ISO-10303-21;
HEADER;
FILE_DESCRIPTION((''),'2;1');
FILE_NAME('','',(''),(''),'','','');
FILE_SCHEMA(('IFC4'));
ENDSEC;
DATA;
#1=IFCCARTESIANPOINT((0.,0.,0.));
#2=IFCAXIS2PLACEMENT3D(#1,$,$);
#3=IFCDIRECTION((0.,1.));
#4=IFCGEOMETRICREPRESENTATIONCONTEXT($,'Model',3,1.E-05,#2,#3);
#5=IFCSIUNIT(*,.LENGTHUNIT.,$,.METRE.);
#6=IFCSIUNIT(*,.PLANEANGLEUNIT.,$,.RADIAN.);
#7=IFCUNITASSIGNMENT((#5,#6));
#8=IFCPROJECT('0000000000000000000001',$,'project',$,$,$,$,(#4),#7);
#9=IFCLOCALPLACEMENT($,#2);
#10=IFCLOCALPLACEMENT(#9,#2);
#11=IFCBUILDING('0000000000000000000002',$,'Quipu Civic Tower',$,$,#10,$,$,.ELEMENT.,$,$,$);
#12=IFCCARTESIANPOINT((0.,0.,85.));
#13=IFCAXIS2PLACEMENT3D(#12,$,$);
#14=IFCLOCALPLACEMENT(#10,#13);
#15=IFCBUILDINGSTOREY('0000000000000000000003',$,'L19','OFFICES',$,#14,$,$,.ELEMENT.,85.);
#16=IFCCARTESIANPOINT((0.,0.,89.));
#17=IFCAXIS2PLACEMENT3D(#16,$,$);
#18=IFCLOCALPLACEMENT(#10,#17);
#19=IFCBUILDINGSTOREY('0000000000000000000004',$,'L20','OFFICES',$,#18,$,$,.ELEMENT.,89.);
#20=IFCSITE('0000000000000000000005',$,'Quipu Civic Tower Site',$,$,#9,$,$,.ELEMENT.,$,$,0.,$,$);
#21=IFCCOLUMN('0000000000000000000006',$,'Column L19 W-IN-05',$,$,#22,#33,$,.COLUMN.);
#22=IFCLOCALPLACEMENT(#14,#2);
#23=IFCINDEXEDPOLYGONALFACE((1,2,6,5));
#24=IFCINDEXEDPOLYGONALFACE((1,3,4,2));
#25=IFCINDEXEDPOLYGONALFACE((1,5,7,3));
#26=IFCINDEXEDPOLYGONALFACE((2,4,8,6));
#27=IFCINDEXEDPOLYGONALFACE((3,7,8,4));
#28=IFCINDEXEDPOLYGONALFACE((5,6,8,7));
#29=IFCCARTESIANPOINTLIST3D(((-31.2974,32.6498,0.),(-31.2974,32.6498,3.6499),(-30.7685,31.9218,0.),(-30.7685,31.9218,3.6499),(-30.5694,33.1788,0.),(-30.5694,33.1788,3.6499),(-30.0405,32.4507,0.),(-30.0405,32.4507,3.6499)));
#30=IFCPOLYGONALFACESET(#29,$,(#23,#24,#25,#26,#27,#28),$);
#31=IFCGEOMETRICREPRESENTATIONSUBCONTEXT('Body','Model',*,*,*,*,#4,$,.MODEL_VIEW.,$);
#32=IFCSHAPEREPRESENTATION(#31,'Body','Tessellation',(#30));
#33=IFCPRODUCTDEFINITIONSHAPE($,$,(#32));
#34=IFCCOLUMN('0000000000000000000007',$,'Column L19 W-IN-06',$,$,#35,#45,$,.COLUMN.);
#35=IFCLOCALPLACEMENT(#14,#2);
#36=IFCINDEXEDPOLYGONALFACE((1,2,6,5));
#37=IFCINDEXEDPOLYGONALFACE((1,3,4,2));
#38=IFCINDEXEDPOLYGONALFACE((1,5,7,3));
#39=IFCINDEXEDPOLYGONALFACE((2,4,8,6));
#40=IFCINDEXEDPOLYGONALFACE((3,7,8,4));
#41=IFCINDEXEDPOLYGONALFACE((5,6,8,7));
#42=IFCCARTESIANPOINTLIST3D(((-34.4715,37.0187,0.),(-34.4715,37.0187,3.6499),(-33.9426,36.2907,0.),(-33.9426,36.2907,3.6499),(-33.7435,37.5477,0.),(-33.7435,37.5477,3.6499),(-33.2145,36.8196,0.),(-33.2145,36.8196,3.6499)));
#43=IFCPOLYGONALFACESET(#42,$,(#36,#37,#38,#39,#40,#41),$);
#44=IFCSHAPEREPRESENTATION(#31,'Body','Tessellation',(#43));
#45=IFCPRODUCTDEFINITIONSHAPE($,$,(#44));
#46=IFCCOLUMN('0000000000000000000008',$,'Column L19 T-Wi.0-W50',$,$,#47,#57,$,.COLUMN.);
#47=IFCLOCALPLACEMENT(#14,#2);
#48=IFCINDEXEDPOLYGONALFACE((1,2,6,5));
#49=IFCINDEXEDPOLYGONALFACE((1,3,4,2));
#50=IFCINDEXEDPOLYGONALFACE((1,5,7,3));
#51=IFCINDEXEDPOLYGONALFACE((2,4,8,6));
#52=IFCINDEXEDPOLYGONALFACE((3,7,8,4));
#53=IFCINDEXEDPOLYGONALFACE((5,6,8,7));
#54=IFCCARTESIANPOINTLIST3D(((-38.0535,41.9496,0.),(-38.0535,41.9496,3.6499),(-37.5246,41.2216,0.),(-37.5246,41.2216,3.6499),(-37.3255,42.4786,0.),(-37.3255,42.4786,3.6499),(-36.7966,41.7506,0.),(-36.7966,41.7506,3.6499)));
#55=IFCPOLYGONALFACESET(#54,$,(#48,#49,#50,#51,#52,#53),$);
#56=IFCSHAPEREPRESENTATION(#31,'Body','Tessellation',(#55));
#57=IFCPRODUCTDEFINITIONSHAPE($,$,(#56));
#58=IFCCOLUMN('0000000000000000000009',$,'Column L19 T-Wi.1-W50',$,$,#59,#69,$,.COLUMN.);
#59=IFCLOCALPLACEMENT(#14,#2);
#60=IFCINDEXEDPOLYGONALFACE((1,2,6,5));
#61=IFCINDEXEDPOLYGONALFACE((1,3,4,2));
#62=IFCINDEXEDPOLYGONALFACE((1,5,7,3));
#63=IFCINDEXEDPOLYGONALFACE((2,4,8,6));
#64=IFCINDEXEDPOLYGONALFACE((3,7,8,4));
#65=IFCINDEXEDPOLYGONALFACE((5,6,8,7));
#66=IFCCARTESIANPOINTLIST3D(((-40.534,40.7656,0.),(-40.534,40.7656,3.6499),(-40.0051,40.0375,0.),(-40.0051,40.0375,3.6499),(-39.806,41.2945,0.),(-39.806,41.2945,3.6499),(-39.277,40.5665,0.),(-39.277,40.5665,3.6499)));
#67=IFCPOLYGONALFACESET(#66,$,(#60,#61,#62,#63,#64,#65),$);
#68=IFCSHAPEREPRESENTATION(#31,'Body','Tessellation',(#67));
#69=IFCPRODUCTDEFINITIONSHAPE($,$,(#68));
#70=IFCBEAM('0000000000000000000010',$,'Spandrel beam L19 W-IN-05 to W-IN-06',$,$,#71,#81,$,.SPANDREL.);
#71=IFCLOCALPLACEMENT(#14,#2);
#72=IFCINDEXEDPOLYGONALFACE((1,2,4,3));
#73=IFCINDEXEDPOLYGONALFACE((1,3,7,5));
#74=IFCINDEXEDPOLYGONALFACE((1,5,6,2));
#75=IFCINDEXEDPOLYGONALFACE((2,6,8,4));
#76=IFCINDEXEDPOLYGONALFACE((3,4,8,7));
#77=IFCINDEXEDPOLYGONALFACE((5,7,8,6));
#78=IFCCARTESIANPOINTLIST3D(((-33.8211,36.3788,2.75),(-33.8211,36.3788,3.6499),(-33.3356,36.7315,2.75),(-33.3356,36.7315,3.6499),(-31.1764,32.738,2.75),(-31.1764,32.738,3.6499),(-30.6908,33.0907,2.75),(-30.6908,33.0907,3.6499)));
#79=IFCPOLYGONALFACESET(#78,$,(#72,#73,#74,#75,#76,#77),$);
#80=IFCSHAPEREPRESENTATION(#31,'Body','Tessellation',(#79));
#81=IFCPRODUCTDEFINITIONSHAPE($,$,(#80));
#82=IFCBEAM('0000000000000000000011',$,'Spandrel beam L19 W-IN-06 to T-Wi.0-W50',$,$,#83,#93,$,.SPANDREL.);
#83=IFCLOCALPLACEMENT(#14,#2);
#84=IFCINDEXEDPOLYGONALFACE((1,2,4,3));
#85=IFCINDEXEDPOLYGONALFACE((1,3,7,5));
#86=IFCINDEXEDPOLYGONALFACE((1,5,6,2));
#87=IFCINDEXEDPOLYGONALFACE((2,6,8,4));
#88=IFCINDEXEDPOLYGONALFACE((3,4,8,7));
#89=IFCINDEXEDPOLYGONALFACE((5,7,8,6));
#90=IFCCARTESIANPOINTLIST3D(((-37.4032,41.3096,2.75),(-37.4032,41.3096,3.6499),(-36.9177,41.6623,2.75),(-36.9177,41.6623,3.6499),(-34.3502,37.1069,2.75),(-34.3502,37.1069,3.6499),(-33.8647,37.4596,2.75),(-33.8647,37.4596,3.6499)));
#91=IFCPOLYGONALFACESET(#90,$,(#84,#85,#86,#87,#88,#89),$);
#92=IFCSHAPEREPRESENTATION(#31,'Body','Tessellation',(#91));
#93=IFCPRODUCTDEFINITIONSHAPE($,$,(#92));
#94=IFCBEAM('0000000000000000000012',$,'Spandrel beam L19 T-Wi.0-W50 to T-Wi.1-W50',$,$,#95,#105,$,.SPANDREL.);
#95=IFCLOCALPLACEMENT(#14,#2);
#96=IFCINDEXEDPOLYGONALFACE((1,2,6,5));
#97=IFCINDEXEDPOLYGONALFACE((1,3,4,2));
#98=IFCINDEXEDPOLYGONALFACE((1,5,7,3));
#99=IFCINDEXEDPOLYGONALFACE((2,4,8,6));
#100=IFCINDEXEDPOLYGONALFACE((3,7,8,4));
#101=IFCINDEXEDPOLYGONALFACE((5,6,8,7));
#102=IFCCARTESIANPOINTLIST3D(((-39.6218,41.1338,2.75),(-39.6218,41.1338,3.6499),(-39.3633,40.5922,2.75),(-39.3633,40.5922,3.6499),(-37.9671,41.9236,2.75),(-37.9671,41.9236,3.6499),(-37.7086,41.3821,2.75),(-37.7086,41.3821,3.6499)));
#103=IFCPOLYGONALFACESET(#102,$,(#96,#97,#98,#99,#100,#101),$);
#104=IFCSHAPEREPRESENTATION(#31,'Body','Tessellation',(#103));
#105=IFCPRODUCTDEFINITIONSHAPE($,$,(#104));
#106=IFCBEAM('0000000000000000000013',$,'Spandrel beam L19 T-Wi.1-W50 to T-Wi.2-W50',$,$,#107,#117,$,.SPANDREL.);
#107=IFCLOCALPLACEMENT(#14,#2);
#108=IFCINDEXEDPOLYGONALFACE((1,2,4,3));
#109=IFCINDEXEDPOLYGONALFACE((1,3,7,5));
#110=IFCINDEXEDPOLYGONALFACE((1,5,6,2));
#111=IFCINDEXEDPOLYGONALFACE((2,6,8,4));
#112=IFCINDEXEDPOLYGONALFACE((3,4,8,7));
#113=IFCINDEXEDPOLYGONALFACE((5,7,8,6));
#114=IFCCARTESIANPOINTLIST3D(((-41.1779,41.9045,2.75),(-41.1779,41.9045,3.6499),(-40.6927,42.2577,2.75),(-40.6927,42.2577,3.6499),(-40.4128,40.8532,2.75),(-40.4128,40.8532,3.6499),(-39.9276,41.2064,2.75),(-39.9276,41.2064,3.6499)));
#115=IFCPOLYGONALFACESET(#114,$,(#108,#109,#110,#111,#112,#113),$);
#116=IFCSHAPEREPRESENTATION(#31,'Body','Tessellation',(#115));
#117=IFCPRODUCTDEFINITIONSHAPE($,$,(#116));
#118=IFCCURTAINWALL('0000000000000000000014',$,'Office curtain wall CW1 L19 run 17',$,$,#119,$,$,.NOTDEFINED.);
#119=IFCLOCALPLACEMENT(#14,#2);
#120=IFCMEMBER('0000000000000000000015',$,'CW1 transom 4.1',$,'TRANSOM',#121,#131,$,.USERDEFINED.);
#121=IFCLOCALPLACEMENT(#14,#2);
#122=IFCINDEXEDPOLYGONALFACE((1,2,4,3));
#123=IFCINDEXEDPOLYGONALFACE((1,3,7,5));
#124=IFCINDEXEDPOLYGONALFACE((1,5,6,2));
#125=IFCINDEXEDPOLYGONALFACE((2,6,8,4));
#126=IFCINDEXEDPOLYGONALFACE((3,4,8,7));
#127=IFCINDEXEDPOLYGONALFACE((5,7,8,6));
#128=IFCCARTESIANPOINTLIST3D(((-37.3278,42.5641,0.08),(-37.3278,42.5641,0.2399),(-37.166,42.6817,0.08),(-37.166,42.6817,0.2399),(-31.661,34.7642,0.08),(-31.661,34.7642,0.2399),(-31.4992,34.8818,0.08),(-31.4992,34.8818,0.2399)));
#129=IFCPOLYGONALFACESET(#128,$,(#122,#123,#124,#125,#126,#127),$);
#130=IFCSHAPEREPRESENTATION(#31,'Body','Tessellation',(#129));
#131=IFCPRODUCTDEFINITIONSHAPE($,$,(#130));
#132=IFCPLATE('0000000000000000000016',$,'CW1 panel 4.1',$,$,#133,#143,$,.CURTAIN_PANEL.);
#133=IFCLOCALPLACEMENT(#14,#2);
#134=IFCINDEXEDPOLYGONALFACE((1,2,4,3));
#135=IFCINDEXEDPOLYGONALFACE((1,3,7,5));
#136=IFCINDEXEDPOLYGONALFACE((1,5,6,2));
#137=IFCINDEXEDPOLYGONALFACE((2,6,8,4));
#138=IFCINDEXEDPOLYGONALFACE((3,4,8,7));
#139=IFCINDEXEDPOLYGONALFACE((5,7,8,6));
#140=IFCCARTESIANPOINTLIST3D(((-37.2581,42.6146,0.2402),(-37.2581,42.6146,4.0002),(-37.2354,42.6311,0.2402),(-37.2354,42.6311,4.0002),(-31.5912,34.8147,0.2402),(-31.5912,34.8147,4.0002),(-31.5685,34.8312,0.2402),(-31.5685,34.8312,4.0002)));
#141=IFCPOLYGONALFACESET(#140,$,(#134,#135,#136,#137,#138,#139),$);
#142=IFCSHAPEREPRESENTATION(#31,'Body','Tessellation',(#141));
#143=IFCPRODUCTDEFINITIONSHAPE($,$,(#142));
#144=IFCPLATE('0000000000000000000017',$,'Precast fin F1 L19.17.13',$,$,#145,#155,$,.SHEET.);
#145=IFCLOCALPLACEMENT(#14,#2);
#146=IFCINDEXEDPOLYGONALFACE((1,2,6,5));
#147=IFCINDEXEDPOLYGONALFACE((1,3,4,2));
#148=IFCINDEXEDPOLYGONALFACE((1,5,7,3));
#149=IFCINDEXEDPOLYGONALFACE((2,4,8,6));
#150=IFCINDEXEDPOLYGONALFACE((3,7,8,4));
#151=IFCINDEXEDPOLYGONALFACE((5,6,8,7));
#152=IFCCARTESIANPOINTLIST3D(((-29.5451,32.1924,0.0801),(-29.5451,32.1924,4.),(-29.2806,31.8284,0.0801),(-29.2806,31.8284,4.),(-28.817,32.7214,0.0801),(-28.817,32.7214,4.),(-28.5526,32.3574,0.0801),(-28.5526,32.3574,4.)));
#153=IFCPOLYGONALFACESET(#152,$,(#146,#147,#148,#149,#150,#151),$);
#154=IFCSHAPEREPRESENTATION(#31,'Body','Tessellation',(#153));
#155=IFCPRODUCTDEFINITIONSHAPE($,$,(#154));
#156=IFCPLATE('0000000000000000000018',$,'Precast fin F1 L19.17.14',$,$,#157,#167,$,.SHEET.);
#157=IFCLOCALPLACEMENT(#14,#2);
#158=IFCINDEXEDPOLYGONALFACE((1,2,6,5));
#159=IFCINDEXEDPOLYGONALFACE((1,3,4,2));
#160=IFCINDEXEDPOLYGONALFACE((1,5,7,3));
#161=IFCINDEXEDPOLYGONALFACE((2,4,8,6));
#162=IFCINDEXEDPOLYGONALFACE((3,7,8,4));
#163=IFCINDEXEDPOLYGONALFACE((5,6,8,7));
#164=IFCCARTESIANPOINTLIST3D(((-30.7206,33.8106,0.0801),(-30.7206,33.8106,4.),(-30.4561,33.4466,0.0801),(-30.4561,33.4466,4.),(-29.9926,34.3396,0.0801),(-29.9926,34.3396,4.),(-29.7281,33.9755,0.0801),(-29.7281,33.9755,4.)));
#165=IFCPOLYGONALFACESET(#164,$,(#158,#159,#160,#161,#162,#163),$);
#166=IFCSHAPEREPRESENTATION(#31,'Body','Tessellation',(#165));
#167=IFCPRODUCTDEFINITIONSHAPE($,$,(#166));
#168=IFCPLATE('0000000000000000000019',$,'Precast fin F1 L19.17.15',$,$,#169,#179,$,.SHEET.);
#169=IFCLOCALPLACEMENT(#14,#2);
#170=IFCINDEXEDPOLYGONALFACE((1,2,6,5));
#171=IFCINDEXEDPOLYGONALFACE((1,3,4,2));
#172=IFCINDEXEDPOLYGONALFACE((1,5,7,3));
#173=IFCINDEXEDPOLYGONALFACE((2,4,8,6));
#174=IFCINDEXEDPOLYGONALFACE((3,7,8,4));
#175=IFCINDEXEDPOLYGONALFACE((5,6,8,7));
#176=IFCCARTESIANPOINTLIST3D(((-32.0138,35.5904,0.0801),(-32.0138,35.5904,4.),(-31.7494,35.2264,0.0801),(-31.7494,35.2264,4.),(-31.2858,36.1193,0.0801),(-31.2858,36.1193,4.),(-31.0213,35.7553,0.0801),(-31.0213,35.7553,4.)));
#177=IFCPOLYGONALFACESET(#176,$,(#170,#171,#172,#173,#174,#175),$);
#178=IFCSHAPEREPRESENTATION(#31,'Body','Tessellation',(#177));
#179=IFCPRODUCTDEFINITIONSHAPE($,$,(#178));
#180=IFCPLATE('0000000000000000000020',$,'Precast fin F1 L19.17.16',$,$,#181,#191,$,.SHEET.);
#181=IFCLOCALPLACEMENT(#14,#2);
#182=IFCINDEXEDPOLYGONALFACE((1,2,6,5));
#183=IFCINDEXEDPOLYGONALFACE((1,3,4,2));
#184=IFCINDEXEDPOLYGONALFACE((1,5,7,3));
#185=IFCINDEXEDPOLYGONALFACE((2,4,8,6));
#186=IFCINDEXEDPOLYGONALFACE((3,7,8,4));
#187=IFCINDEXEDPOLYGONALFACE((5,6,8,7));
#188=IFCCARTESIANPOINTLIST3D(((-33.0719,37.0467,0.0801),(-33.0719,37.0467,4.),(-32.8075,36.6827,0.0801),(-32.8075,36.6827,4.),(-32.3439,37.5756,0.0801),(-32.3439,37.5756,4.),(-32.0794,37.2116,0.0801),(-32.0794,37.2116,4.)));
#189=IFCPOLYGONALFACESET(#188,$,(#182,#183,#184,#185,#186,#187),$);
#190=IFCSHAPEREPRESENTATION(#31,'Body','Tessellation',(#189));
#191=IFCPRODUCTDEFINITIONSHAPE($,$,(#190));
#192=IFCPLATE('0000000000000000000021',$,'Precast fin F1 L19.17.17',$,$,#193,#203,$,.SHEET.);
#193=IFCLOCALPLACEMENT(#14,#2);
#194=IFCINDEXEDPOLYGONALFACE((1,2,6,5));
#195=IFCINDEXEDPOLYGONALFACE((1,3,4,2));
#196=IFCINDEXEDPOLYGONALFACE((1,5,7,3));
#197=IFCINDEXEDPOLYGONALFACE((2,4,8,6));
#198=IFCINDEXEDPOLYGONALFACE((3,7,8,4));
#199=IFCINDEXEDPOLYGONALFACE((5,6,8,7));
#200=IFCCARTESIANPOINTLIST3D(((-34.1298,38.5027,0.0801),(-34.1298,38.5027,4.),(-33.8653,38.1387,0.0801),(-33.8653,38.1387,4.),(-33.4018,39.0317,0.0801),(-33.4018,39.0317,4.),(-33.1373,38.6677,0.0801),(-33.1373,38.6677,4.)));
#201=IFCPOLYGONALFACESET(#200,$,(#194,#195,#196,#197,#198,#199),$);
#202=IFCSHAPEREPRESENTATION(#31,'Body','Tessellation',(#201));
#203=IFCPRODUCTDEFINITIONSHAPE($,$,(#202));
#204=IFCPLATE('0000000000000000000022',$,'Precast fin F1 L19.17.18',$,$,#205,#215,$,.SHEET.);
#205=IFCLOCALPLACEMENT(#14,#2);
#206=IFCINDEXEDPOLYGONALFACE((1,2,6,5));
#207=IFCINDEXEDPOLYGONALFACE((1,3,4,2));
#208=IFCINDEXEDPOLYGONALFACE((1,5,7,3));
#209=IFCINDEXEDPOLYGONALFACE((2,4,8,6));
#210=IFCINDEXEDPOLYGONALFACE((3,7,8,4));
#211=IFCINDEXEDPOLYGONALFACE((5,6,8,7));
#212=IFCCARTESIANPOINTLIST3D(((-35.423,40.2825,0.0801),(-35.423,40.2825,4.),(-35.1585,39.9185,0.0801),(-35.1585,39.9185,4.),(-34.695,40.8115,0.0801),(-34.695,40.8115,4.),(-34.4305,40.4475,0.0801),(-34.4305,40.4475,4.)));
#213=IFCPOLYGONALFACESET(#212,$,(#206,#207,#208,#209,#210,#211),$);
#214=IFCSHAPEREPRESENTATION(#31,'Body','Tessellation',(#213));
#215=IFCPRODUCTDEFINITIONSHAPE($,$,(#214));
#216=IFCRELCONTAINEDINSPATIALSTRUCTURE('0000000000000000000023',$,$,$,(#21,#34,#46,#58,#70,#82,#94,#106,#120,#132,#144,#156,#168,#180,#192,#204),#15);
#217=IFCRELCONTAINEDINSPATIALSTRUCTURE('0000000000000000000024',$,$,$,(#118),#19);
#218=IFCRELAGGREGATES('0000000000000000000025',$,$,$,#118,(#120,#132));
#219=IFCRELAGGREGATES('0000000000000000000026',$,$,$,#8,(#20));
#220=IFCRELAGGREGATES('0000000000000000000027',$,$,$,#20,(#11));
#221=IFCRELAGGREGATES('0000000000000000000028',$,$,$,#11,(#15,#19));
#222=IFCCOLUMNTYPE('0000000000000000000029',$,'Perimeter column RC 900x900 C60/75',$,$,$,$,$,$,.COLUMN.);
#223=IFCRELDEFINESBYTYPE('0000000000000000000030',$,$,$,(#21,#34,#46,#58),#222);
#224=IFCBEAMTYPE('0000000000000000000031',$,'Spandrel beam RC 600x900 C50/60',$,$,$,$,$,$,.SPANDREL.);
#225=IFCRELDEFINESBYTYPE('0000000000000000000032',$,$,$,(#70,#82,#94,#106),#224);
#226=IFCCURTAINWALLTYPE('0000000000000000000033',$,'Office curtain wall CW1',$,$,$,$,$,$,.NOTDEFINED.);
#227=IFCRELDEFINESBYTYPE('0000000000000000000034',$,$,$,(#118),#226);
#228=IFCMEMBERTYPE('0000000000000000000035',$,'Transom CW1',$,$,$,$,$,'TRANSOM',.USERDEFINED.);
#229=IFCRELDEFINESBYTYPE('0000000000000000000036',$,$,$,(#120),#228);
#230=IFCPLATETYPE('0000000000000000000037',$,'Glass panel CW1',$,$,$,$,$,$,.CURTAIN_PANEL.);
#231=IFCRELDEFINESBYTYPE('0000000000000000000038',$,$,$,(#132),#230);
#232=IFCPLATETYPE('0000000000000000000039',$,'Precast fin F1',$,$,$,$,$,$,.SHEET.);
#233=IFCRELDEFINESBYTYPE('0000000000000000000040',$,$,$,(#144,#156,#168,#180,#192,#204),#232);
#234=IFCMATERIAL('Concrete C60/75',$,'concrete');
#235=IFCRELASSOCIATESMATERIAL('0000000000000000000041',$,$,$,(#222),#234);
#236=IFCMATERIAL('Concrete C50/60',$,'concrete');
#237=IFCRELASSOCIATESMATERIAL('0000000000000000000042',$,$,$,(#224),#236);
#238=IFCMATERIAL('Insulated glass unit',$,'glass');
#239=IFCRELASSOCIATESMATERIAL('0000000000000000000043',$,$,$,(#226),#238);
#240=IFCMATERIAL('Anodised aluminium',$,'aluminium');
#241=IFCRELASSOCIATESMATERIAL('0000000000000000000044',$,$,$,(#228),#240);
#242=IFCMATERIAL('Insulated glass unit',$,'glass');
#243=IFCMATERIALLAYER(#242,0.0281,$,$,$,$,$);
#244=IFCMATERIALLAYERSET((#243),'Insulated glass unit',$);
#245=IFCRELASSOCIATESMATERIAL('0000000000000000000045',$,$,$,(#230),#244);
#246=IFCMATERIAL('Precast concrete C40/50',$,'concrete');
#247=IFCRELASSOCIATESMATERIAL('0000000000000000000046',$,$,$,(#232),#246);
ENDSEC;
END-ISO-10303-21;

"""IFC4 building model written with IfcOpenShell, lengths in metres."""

from ifc_helpers import new_model, si_unit, direction, frame, origin, origin_2d, place, context, subcontext, project, spatial, rectangle, extrude, material, layer, layer_set, material_profile, profile_set, type_object, element, aggregate, save


model = new_model("IFC4")

# Units and contexts
model_context = context("Model", 3, precision=1e-05, world=origin(), true_north=direction((0.0, 1.0)))
body_context = subcontext(model_context, "Body", "Model", "MODEL_VIEW")
ifc_project = project(units=[si_unit("LENGTHUNIT", "METRE"), si_unit("PLANEANGLEUNIT", "RADIAN")], contexts=[model_context])

# Site, building, storey
site_placement = place(None, origin())
site = spatial("IfcSite", under=ifc_project, at=site_placement, Name="Quipu Civic Tower Site", CompositionType="ELEMENT", RefElevation=0.0)
building_placement = place(site_placement, origin())
building = spatial("IfcBuilding", under=site, at=building_placement, Name="Quipu Civic Tower", CompositionType="ELEMENT")
storey_1_placement = place(building_placement, frame((0.0, 0.0, 85.0)))
storey_1 = spatial("IfcBuildingStorey", under=building, at=storey_1_placement, Name="L19", Description="OFFICES", CompositionType="ELEMENT", Elevation=85.0)

# Columns
ifc_material_1 = material(Name="Concrete C60/75", Category="concrete")
ifc_material_profile_1 = material_profile(ifc_material_1, rectangle(XDim=0.8999, YDim=0.8999, at=origin_2d()), Name="RC900x900")
ifc_profile_set_1 = profile_set([ifc_material_profile_1], Name="Concrete C60/75")
column_type = type_object("IfcColumnType", Name="Perimeter column RC 900x900 C60/75", PredefinedType="COLUMN", material=ifc_profile_set_1)
for number, where, z_axis, x_axis, name in (
    (1, (-30.6689, 32.5503, 0.0), (0.0, 0.0, 1.0), (-0.587785, 0.809017, 0.0), "Column L19 W-IN-05"),
    (2, (-33.843, 36.9192, 0.0), (0.0, 0.0, 1.0), (-0.587785, 0.809017, 0.0), "Column L19 W-IN-06"),
    (3, (-37.425, 41.8501, 0.0), (0.0, 0.0, 1.0), (-0.587785, 0.809017, 0.0), "Column L19 T-Wi.0-W50"),
    (4, (-39.9055, 40.666, 0.0), (0.0, 0.0, 1.0), (-0.587785, 0.809017, 0.0), "Column L19 T-Wi.1-W50"),
):
    element("IfcColumn", number, at=place(storey_1_placement, frame(where, z_axis=z_axis, x_axis=x_axis)), inside=storey_1, type_object=column_type, Name=name, PredefinedType="COLUMN", context=body_context, shape_type="SweptSolid", body=[
        extrude(rectangle(XDim=0.8999, YDim=0.8999, at=origin_2d()), origin(), (0.0, 0.0, 1.0), 3.6499),
    ])

# Beams
ifc_material_2 = material(Name="Concrete C50/60", Category="concrete")
ifc_material_profile_2 = material_profile(ifc_material_2, rectangle(XDim=0.6001, YDim=0.8999, at=origin_2d()), Name="RC600x900")
ifc_profile_set_2 = profile_set([ifc_material_profile_2], Name="Concrete C50/60")
beam_type = type_object("IfcBeamType", Name="Spandrel beam RC 600x900 C50/60", PredefinedType="SPANDREL", material=ifc_profile_set_2)
beam_1_placement = place(storey_1_placement, frame((-30.9336, 32.9143, 3.2), z_axis=(-0.587717, 0.809067, 0.0), x_axis=(-0.809067, -0.587717, 0.0)))
element("IfcBeam", 5, at=beam_1_placement, inside=storey_1, type_object=beam_type, Name="Spandrel beam L19 W-IN-05 to W-IN-06", PredefinedType="SPANDREL", context=body_context, shape_type="SweptSolid", body=[
    extrude(rectangle(XDim=0.6001, YDim=0.8999, at=origin_2d()), origin(), (0.0, 0.0, 1.0), 4.5),
])
beam_2_placement = place(storey_1_placement, frame((-34.1074, 37.2832, 3.2), z_axis=(-0.587733, 0.809055, 0.0), x_axis=(-0.809055, -0.587733, 0.0)))
element("IfcBeam", 6, at=beam_2_placement, inside=storey_1, type_object=beam_type, Name="Spandrel beam L19 W-IN-06 to T-Wi.0-W50", PredefinedType="SPANDREL", context=body_context, shape_type="SweptSolid", body=[
    extrude(rectangle(XDim=0.6001, YDim=0.8999, at=origin_2d()), origin(), (0.0, 0.0, 1.0), 5.1946),
])
beam_3_placement = place(storey_1_placement, frame((-37.8379, 41.6528, 3.2), z_axis=(-0.902454, -0.430786, 0.0), x_axis=(0.430786, -0.902454, 0.0)))
element("IfcBeam", 7, at=beam_3_placement, inside=storey_1, type_object=beam_type, Name="Spandrel beam L19 T-Wi.0-W50 to T-Wi.1-W50", PredefinedType="SPANDREL", context=body_context, shape_type="SweptSolid", body=[
    extrude(rectangle(XDim=0.6001, YDim=0.8999, at=origin_2d()), origin(), (0.0, 0.0, 1.0), 1.8335),
])
beam_4_placement = place(storey_1_placement, frame((-40.1702, 41.0298, 3.2), z_axis=(-0.588462, 0.808525, 0.0), x_axis=(-0.808525, -0.588462, 0.0)))
element("IfcBeam", 8, at=beam_4_placement, inside=storey_1, type_object=beam_type, Name="Spandrel beam L19 T-Wi.1-W50 to T-Wi.2-W50", PredefinedType="SPANDREL", context=body_context, shape_type="SweptSolid", body=[
    extrude(rectangle(XDim=0.6001, YDim=0.8999, at=origin_2d()), origin(), (0.0, 0.0, 1.0), 1.3003),
])

# Shared definitions
storey_2_placement = place(building_placement, frame((0.0, 0.0, 89.0)))
storey_2 = spatial("IfcBuildingStorey", under=building, at=storey_2_placement, Name="L20", Description="OFFICES", CompositionType="ELEMENT", Elevation=89.0)

# Curtain wall, member, plate
ifc_material_3 = material(Name="Insulated glass unit", Category="glass")
curtain_wall_type = type_object("IfcCurtainWallType", Name="Office curtain wall CW1", PredefinedType="NOTDEFINED", material=ifc_material_3)
curtain_wall_placement = place(storey_2_placement, origin())
curtain_wall = element("IfcCurtainWall", 9, at=curtain_wall_placement, inside=storey_2, type_object=curtain_wall_type, Name="Office curtain wall CW1 L19 run 17", PredefinedType="NOTDEFINED")
ifc_material_4 = material(Name="Anodised aluminium", Category="aluminium")
ifc_material_profile_3 = material_profile(ifc_material_4, rectangle(XDim=0.2, YDim=0.1599, at=origin_2d()), Name="RECT 200x160")
ifc_profile_set_3 = profile_set([ifc_material_profile_3], Name="Anodised aluminium")
member_type = type_object("IfcMemberType", Name="Transom CW1", ElementType="TRANSOM", PredefinedType="USERDEFINED", material=ifc_profile_set_3)
member_placement = place(storey_1_placement, frame((-31.5801, 34.823, 0.1599), z_axis=(-0.587776, 0.809024, 0.0), x_axis=(-0.809024, -0.587776, 0.0)))
member = element("IfcMember", 10, at=member_placement, inside=storey_1, type_object=member_type, Name="CW1 transom 4.1", ObjectType="TRANSOM", PredefinedType="USERDEFINED", context=body_context, shape_type="SweptSolid", body=[
    extrude(rectangle(XDim=0.2, YDim=0.1599, at=origin_2d()), origin(), (0.0, 0.0, 1.0), 9.6411),
])
ifc_material_5 = material(Name="Insulated glass unit", Category="glass")
ifc_layer_1 = layer(ifc_material_5, 0.0281)
ifc_layer_set_1 = layer_set([ifc_layer_1], Name="Insulated glass unit")
plate_type_1 = type_object("IfcPlateType", Name="Glass panel CW1", PredefinedType="CURTAIN_PANEL", material=ifc_layer_set_1)
plate_placement = place(storey_1_placement, frame((-34.4133, 38.7229, 0.2402), z_axis=(0.0, 0.0, 1.0), x_axis=(-0.587786, 0.809017, 0.0)))
plate = element("IfcPlate", 11, at=plate_placement, inside=storey_1, type_object=plate_type_1, Name="CW1 panel 4.1", PredefinedType="CURTAIN_PANEL", context=body_context, shape_type="SweptSolid", body=[
    extrude(rectangle(XDim=9.6411, YDim=0.0281, at=origin_2d()), origin(), (0.0, 0.0, 1.0), 3.76),
])
aggregate(curtain_wall, [member, plate])

# Plates
ifc_material_6 = material(Name="Precast concrete C40/50", Category="concrete")
plate_type_2 = type_object("IfcPlateType", Name="Precast fin F1", PredefinedType="SHEET", material=ifc_material_6)
for number, where, z_axis, x_axis, name in (
    (12, (-29.0488, 32.2749, 0.0801), (0.0, 0.0, 1.0), (-0.587785, 0.809017, 0.0), "Precast fin F1 L19.17.13"),
    (13, (-30.2244, 33.8931, 0.0801), (0.0, 0.0, 1.0), (-0.587785, 0.809017, 0.0), "Precast fin F1 L19.17.14"),
    (14, (-31.5176, 35.6729, 0.0801), (0.0, 0.0, 1.0), (-0.587785, 0.809017, 0.0), "Precast fin F1 L19.17.15"),
    (15, (-32.5757, 37.1292, 0.0801), (0.0, 0.0, 1.0), (-0.587785, 0.809017, 0.0), "Precast fin F1 L19.17.16"),
    (16, (-33.6335, 38.5852, 0.0801), (0.0, 0.0, 1.0), (-0.587785, 0.809017, 0.0), "Precast fin F1 L19.17.17"),
    (17, (-34.9268, 40.365, 0.0801), (0.0, 0.0, 1.0), (-0.587785, 0.809017, 0.0), "Precast fin F1 L19.17.18"),
):
    element("IfcPlate", number, at=place(storey_1_placement, frame(where, z_axis=z_axis, x_axis=x_axis)), inside=storey_1, type_object=plate_type_2, Name=name, PredefinedType="SHEET", context=body_context, shape_type="SweptSolid", body=[
        extrude(rectangle(XDim=0.45, YDim=0.8999, at=origin_2d()), origin(), (0.0, 0.0, 1.0), 3.9199),
    ])

save(model, "model.ifc")
